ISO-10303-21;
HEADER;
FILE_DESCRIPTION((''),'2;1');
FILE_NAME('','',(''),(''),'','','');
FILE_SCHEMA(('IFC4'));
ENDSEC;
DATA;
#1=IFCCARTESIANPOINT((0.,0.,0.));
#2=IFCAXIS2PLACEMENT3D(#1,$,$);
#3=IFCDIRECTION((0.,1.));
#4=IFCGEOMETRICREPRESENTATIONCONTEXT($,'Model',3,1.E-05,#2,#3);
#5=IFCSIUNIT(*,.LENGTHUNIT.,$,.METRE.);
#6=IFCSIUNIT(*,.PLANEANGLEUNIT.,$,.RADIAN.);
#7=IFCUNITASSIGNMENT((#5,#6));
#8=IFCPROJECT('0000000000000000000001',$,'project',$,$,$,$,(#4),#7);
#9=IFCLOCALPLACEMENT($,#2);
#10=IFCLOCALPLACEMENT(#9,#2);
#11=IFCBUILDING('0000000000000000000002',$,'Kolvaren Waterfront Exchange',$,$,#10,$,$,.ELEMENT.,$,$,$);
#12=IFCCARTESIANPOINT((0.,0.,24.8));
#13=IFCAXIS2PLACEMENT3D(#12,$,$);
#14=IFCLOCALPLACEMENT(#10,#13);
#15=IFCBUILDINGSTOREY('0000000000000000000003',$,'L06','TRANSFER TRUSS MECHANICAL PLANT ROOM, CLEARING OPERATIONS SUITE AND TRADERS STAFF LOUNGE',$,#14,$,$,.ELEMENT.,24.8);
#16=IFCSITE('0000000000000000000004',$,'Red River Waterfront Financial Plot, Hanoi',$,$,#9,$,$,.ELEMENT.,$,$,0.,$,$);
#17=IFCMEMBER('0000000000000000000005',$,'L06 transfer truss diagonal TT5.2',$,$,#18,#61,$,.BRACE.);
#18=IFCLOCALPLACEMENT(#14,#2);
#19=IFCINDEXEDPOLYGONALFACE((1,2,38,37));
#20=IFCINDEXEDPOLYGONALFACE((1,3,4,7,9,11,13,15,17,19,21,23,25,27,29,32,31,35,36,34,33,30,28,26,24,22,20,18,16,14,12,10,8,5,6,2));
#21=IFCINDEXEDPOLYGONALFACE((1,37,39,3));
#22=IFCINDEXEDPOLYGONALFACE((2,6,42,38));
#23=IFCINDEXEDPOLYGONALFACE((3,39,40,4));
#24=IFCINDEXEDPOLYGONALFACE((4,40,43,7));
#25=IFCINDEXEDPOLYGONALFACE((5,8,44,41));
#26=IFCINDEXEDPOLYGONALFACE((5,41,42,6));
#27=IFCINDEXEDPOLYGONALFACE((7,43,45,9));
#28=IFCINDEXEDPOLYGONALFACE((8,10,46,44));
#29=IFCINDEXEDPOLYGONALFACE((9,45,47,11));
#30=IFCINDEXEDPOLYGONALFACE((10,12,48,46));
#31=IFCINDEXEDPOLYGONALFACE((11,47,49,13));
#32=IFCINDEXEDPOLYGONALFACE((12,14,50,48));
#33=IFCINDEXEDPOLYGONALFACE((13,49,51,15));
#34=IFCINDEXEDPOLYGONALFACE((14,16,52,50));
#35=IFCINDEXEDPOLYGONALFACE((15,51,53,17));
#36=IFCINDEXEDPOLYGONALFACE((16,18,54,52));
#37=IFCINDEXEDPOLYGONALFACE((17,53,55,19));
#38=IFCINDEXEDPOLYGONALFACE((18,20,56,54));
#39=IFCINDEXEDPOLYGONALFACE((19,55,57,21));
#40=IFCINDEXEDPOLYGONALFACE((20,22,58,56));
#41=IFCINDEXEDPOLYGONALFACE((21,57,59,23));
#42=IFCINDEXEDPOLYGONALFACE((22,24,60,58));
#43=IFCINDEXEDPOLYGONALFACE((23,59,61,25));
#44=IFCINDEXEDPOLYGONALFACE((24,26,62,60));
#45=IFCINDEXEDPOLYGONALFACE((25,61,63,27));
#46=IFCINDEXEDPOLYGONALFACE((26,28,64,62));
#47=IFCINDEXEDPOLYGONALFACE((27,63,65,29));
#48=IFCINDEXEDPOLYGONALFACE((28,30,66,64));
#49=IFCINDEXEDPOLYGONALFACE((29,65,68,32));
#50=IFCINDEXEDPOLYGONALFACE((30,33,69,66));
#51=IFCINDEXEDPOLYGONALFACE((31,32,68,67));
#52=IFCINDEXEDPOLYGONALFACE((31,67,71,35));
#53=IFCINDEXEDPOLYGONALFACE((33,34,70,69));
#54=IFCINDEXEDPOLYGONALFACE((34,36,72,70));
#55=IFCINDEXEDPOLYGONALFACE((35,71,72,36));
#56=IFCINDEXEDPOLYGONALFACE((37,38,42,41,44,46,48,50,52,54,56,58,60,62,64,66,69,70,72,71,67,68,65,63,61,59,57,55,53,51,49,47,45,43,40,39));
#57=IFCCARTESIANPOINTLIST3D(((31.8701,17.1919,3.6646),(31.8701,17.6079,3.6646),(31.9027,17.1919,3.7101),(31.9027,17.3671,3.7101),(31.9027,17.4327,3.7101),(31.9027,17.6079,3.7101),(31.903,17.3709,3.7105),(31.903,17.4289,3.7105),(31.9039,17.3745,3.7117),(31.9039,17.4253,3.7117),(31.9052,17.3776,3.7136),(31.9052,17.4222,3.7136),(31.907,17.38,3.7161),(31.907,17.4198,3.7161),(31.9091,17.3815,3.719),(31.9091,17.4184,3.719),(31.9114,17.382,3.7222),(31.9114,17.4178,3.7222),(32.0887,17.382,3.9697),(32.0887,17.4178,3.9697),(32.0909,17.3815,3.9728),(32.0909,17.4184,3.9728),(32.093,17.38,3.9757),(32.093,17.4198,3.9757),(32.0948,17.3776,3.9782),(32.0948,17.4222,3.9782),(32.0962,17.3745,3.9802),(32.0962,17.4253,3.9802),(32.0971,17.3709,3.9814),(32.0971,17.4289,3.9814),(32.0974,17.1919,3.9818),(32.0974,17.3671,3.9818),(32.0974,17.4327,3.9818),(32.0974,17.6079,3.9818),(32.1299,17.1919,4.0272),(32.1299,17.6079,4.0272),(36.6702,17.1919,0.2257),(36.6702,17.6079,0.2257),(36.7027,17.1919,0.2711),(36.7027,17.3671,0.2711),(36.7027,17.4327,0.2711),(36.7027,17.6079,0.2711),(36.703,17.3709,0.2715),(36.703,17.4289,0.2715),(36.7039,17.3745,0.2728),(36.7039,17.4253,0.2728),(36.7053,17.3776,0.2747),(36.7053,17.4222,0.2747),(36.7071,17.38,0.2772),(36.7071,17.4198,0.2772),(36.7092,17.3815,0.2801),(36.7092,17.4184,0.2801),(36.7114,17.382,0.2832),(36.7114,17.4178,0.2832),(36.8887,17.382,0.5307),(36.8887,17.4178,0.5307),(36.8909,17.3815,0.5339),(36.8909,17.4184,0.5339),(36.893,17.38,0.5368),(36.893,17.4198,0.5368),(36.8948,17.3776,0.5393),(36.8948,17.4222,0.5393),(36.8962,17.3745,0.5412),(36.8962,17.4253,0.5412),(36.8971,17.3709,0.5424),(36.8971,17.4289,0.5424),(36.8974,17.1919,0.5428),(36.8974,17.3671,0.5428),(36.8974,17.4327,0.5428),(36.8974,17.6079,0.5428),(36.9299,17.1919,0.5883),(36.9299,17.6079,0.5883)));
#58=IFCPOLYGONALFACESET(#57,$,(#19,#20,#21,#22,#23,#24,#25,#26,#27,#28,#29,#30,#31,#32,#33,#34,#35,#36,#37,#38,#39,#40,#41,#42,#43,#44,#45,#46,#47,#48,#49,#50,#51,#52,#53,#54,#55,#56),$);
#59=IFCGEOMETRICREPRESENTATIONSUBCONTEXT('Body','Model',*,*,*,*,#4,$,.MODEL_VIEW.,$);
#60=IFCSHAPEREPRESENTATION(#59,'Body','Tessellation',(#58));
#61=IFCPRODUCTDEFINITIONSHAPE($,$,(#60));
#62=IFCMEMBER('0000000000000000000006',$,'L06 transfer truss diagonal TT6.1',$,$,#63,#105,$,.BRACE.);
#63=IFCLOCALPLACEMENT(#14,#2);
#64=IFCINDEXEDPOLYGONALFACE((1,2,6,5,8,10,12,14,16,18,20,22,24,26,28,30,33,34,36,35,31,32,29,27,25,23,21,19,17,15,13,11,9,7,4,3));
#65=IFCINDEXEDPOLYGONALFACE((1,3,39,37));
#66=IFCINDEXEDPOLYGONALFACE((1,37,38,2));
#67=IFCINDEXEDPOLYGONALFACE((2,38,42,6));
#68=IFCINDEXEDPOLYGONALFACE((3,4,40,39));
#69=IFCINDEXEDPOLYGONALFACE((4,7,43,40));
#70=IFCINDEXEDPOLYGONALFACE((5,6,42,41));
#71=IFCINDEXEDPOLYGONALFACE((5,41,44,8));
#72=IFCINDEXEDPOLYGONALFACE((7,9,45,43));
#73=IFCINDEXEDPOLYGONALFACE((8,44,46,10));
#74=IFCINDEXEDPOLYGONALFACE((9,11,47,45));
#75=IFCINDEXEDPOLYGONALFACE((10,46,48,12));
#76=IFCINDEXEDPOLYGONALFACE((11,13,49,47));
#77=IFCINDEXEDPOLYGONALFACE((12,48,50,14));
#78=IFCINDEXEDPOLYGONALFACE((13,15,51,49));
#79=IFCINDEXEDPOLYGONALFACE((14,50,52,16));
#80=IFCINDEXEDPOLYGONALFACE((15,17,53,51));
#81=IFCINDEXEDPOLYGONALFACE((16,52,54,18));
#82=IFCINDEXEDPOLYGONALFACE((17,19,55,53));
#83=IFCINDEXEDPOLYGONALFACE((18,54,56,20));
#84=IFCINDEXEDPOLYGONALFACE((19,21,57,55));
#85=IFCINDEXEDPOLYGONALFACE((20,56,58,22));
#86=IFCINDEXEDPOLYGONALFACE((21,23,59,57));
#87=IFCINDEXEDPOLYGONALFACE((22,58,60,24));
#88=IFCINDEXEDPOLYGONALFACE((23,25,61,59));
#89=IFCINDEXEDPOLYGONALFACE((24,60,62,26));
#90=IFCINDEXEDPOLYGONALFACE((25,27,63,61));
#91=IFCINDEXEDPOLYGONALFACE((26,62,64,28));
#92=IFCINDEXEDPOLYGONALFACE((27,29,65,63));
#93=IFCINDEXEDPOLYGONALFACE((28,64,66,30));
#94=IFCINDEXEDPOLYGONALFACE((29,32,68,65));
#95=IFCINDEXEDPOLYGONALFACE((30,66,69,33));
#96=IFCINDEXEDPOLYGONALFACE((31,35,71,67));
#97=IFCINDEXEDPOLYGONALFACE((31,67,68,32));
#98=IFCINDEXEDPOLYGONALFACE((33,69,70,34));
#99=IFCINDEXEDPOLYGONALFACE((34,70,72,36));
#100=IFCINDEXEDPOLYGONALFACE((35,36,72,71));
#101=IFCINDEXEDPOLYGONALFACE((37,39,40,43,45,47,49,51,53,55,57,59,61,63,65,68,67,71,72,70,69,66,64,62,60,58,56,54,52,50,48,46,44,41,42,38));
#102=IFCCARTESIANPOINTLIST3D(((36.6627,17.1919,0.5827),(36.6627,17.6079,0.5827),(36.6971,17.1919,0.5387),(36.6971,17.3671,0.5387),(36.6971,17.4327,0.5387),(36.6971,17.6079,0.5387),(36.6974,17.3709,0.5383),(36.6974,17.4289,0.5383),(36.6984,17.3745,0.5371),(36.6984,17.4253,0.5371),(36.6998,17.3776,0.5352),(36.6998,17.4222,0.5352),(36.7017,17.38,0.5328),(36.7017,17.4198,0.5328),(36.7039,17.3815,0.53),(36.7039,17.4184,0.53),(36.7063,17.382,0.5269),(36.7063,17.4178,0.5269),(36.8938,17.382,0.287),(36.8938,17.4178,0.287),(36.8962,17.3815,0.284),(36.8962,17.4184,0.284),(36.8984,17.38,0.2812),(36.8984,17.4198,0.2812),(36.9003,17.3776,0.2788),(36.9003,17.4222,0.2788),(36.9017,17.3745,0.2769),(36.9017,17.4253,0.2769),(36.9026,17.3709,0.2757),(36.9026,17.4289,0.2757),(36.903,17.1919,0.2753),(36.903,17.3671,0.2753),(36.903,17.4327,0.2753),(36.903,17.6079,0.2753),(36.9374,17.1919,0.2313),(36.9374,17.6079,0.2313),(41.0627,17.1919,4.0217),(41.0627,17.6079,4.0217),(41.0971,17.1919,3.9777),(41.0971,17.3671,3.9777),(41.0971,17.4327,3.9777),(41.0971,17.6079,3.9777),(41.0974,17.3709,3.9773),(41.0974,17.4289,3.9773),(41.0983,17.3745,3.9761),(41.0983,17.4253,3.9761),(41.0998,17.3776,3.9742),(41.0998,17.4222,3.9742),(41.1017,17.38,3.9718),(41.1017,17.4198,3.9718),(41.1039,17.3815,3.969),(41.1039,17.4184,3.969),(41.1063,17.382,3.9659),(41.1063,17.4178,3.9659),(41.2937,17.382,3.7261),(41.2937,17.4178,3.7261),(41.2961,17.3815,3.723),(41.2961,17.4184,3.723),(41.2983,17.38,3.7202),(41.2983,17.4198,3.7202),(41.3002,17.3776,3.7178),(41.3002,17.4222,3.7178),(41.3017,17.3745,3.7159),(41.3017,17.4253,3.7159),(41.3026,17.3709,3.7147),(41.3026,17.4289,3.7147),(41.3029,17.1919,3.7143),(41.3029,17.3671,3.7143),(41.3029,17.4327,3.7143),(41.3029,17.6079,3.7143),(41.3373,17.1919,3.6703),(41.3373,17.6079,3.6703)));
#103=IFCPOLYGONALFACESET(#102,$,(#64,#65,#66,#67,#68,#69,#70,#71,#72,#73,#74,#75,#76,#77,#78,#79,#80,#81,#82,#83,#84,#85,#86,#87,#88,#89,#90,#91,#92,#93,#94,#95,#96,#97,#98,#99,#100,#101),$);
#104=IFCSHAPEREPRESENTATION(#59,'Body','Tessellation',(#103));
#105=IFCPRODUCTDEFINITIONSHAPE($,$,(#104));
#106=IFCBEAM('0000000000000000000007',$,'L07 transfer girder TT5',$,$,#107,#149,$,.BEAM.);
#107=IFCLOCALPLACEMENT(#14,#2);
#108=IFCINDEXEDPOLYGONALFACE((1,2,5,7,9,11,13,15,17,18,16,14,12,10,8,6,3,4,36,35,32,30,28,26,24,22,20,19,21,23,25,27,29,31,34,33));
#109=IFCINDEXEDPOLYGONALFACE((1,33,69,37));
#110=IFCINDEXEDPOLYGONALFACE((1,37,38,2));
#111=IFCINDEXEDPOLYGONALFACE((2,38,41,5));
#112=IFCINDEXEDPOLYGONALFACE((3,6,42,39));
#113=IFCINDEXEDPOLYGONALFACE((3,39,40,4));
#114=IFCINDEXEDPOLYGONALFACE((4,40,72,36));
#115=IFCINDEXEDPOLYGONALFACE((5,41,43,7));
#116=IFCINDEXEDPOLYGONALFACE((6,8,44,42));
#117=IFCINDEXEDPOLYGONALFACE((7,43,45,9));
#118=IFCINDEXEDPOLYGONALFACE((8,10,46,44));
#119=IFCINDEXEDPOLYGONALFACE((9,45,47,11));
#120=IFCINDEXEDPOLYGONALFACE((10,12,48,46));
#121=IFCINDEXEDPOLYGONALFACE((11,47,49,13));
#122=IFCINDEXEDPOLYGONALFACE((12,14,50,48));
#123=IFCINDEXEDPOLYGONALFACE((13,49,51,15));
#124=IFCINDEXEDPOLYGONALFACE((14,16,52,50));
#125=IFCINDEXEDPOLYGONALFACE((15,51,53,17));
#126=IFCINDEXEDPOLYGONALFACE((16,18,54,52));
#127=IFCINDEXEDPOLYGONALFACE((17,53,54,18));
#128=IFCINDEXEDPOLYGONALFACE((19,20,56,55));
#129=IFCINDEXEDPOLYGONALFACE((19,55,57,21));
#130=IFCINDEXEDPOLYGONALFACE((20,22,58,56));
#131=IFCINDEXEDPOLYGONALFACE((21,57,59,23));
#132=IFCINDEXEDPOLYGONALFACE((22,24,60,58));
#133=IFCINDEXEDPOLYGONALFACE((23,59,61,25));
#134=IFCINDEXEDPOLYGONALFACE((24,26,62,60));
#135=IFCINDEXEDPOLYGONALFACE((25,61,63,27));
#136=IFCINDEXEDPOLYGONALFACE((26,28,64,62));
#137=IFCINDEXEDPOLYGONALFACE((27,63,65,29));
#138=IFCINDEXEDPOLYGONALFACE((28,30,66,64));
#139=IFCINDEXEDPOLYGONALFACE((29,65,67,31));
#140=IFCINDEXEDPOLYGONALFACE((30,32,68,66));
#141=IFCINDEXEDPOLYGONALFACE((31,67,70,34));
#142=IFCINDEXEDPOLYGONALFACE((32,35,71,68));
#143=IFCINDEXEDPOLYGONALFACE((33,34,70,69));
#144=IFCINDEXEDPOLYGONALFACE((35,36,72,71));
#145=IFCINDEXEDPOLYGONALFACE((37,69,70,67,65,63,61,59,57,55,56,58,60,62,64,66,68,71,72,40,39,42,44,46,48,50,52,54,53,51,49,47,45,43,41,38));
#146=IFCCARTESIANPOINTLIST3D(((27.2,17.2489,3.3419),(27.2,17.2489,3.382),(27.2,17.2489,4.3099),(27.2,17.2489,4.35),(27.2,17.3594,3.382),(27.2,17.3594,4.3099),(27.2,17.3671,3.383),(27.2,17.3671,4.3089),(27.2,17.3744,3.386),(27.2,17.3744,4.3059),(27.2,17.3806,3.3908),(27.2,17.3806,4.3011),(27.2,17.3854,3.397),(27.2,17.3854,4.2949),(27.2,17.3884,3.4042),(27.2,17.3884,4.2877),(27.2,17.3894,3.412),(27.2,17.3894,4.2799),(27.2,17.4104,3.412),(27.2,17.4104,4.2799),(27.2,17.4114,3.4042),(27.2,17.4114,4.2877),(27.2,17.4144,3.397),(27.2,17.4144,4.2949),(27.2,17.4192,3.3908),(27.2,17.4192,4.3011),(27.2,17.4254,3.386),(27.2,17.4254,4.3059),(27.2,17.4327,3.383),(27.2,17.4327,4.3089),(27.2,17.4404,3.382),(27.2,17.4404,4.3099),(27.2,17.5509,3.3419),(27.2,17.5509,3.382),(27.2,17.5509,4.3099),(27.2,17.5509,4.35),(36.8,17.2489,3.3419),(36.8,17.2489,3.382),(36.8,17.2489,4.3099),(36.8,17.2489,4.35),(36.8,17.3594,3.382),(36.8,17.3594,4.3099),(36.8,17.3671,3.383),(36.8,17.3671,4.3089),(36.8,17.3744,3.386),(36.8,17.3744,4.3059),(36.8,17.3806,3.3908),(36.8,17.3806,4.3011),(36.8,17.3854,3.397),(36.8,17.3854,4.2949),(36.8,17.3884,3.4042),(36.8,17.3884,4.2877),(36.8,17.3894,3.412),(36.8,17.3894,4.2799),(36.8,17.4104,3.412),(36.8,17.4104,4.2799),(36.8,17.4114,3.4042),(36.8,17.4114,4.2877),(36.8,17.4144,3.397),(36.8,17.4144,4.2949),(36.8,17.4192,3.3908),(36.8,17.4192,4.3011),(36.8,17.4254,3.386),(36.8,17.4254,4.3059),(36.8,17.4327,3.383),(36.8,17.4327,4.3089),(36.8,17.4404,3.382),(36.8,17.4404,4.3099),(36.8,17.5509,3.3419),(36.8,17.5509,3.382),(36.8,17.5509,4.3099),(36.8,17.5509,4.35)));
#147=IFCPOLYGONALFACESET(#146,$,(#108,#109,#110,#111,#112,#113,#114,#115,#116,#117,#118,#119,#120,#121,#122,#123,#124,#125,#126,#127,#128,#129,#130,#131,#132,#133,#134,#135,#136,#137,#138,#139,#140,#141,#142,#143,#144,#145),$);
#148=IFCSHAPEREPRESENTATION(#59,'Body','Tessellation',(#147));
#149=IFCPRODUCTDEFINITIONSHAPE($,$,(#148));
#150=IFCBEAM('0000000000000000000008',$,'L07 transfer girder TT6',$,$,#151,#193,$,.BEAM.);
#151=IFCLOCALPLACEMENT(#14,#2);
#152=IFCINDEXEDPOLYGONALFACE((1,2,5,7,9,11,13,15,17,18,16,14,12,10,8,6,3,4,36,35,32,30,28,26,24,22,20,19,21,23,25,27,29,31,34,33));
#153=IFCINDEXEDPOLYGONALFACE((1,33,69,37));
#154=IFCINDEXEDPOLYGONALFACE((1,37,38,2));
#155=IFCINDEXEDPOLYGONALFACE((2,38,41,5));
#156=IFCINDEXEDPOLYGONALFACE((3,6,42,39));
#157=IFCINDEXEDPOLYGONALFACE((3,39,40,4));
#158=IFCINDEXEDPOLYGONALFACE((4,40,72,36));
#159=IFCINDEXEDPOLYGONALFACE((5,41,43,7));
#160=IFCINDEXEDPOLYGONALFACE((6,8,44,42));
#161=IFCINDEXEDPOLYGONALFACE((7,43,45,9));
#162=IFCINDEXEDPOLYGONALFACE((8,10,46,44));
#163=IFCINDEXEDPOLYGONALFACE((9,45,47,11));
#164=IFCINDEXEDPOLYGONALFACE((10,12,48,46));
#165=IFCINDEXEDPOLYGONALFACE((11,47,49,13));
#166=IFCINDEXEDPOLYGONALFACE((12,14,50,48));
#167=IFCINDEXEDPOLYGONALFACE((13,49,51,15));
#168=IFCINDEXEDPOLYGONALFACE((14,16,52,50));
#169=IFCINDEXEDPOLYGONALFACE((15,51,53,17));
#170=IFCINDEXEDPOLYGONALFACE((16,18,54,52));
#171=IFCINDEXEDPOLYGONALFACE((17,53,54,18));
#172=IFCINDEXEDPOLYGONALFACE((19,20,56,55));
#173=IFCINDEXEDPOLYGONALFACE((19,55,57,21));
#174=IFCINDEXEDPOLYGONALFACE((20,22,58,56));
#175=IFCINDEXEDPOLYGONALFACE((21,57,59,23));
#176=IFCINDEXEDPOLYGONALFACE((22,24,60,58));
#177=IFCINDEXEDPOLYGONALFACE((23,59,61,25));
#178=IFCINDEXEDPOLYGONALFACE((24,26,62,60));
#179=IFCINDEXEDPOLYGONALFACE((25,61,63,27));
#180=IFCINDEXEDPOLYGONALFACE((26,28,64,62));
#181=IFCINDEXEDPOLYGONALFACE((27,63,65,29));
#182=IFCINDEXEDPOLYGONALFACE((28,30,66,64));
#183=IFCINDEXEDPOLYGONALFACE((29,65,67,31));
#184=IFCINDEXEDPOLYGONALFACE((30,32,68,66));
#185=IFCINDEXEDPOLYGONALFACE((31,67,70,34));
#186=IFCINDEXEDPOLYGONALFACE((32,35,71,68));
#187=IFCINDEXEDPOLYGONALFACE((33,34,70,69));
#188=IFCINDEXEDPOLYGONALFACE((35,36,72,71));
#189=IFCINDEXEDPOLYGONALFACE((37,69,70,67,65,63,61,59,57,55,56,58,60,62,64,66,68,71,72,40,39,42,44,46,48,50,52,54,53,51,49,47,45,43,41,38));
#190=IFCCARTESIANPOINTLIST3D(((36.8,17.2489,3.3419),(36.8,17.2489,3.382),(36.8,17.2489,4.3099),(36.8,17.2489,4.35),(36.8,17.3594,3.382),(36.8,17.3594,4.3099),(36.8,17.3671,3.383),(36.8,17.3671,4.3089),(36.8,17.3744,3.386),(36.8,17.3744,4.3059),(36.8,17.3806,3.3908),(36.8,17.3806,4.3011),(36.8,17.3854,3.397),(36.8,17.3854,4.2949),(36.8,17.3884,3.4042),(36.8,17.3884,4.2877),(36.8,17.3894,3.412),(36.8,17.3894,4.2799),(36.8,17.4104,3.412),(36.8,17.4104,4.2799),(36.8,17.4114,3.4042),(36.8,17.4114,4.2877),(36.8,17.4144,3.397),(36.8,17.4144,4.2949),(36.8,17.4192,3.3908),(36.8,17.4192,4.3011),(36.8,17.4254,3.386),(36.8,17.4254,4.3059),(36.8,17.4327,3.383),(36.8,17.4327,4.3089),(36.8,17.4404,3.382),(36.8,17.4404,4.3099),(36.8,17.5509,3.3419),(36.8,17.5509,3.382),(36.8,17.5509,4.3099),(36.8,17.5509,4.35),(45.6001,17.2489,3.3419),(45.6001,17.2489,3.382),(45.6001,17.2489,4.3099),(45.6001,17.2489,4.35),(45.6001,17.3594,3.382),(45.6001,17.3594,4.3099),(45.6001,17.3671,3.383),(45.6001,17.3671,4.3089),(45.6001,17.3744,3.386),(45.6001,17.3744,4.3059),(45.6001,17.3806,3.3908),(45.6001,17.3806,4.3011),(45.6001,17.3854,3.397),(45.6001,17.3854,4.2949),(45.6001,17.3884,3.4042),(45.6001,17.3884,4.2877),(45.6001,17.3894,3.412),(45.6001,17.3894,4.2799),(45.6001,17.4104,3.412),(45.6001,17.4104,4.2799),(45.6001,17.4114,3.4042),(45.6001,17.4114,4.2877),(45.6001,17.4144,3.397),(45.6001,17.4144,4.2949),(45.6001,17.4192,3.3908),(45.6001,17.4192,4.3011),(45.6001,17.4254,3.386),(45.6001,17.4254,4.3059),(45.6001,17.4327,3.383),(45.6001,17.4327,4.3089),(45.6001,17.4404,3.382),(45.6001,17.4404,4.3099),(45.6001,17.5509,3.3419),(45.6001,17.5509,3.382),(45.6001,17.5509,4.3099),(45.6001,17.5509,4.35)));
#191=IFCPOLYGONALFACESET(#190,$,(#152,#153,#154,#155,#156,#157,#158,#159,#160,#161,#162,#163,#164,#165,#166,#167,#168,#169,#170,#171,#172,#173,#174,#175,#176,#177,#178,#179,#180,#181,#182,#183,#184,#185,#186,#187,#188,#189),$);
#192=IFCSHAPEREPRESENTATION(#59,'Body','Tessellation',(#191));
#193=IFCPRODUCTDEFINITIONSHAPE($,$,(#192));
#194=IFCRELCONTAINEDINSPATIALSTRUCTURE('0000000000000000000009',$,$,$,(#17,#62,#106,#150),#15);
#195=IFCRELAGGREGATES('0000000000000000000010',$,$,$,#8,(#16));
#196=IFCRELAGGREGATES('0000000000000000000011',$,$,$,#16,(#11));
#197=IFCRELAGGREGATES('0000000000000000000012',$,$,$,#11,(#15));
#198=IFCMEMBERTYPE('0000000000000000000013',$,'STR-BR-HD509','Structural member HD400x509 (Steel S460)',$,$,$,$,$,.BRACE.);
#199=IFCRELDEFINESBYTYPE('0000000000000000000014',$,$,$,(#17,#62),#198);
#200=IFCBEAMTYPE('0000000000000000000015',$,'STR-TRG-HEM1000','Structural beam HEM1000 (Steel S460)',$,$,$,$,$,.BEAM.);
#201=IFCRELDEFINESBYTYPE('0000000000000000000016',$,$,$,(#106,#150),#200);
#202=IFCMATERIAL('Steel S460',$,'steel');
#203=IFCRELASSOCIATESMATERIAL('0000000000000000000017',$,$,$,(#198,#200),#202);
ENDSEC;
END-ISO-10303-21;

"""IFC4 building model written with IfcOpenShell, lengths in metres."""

from ifc_helpers import new_model, si_unit, direction, frame, origin, origin_2d, place, context, subcontext, project, spatial, i_section, extrude, material, material_profile, profile_set, type_object, element, save


model = new_model("IFC4")

# Units and contexts
model_context = context("Model", 3, precision=1e-05, world=origin(), true_north=direction((0.0, 1.0)))
body_context = subcontext(model_context, "Body", "Model", "MODEL_VIEW")
ifc_project = project(units=[si_unit("LENGTHUNIT", "METRE"), si_unit("PLANEANGLEUNIT", "RADIAN")], contexts=[model_context])

# Site, building, storey
site_placement = place(None, origin())
site = spatial("IfcSite", under=ifc_project, at=site_placement, Name="Red River Waterfront Financial Plot, Hanoi", CompositionType="ELEMENT", RefElevation=0.0)
building_placement = place(site_placement, origin())
building = spatial("IfcBuilding", under=site, at=building_placement, Name="Kolvaren Waterfront Exchange", CompositionType="ELEMENT")
storey_placement = place(building_placement, frame((0.0, 0.0, 24.8)))
storey = spatial("IfcBuildingStorey", under=building, at=storey_placement, Name="L06", Description="TRANSFER TRUSS MECHANICAL PLANT ROOM, CLEARING OPERATIONS SUITE AND TRADERS STAFF LOUNGE", CompositionType="ELEMENT", Elevation=24.8)

# Members
ifc_material_1 = material(Name="Steel S460", Category="steel")
ifc_material_profile_1 = material_profile(ifc_material_1, i_section(OverallWidth=0.416, OverallDepth=0.446, WebThickness=0.0359, FlangeThickness=0.0559, FilletRadius=0.0149, at=origin_2d()), Name="HD400x509")
ifc_profile_set_1 = profile_set([ifc_material_profile_1], Name="Steel S460")
member_type = type_object("IfcMemberType", Name="STR-BR-HD509", Description="Structural member HD400x509 (Steel S460)", PredefinedType="BRACE", material=ifc_profile_set_1)
for number, where, z_axis, x_axis, name in (
    (1, (36.8, 17.3999, 0.407), (-0.812903, 0.0, 0.582399), (0.0, -1.0, 0.0), "L06 transfer truss diagonal TT5.2"),
):
    element("IfcMember", number, at=place(storey_placement, frame(where, z_axis=z_axis, x_axis=x_axis)), inside=storey, type_object=member_type, Name=name, PredefinedType="BRACE", context=body_context, shape_type="SweptSolid", body=[
        extrude(i_section(OverallWidth=0.416, OverallDepth=0.446, WebThickness=0.0359, FlangeThickness=0.0559, FilletRadius=0.0149, at=origin_2d()), origin(), (0.0, 0.0, 1.0), 5.9048),
    ])
member_placement = place(storey_placement, frame((36.8, 17.3999, 0.407), z_axis=(0.78789, 0.0, 0.615815), x_axis=(0.0, 1.0, 0.0)))
element("IfcMember", 2, at=member_placement, inside=storey, type_object=member_type, Name="L06 transfer truss diagonal TT6.1", PredefinedType="BRACE", context=body_context, shape_type="SweptSolid", body=[
    extrude(i_section(OverallWidth=0.416, OverallDepth=0.446, WebThickness=0.0359, FlangeThickness=0.0559, FilletRadius=0.0149, at=origin_2d()), origin(), (0.0, 0.0, 1.0), 5.5845),
])

# Beams
ifc_material_profile_2 = material_profile(ifc_material_1, i_section(OverallWidth=0.302, OverallDepth=1.0081, WebThickness=0.021, FlangeThickness=0.04, FilletRadius=0.03, at=origin_2d()), Name="HEM1000")
ifc_profile_set_2 = profile_set([ifc_material_profile_2], Name="Steel S460")
beam_type_1 = type_object("IfcBeamType", Name="STR-TRG-HEM1000", Description="Structural beam HEM1000 (Steel S460)", PredefinedType="BEAM", material=ifc_profile_set_2)
beam_1_placement = place(storey_placement, frame((27.2, 17.3999, 3.8459), z_axis=(1.0, 0.0, 0.0), x_axis=(0.0, 1.0, 0.0)))
element("IfcBeam", 3, at=beam_1_placement, inside=storey, type_object=beam_type_1, Name="L07 transfer girder TT5", PredefinedType="BEAM", context=body_context, shape_type="SweptSolid", body=[
    extrude(i_section(OverallWidth=0.302, OverallDepth=1.0081, WebThickness=0.021, FlangeThickness=0.04, FilletRadius=0.03, at=origin_2d()), origin(), (0.0, 0.0, 1.0), 9.6001),
])
beam_2_placement = place(storey_placement, frame((36.8, 17.3999, 3.8459), z_axis=(1.0, 0.0, 0.0), x_axis=(0.0, 1.0, 0.0)))
element("IfcBeam", 4, at=beam_2_placement, inside=storey, type_object=beam_type_1, Name="L07 transfer girder TT6", PredefinedType="BEAM", context=body_context, shape_type="SweptSolid", body=[
    extrude(i_section(OverallWidth=0.302, OverallDepth=1.0081, WebThickness=0.021, FlangeThickness=0.04, FilletRadius=0.03, at=origin_2d()), origin(), (0.0, 0.0, 1.0), 8.8),
])

save(model, "model.ifc")
